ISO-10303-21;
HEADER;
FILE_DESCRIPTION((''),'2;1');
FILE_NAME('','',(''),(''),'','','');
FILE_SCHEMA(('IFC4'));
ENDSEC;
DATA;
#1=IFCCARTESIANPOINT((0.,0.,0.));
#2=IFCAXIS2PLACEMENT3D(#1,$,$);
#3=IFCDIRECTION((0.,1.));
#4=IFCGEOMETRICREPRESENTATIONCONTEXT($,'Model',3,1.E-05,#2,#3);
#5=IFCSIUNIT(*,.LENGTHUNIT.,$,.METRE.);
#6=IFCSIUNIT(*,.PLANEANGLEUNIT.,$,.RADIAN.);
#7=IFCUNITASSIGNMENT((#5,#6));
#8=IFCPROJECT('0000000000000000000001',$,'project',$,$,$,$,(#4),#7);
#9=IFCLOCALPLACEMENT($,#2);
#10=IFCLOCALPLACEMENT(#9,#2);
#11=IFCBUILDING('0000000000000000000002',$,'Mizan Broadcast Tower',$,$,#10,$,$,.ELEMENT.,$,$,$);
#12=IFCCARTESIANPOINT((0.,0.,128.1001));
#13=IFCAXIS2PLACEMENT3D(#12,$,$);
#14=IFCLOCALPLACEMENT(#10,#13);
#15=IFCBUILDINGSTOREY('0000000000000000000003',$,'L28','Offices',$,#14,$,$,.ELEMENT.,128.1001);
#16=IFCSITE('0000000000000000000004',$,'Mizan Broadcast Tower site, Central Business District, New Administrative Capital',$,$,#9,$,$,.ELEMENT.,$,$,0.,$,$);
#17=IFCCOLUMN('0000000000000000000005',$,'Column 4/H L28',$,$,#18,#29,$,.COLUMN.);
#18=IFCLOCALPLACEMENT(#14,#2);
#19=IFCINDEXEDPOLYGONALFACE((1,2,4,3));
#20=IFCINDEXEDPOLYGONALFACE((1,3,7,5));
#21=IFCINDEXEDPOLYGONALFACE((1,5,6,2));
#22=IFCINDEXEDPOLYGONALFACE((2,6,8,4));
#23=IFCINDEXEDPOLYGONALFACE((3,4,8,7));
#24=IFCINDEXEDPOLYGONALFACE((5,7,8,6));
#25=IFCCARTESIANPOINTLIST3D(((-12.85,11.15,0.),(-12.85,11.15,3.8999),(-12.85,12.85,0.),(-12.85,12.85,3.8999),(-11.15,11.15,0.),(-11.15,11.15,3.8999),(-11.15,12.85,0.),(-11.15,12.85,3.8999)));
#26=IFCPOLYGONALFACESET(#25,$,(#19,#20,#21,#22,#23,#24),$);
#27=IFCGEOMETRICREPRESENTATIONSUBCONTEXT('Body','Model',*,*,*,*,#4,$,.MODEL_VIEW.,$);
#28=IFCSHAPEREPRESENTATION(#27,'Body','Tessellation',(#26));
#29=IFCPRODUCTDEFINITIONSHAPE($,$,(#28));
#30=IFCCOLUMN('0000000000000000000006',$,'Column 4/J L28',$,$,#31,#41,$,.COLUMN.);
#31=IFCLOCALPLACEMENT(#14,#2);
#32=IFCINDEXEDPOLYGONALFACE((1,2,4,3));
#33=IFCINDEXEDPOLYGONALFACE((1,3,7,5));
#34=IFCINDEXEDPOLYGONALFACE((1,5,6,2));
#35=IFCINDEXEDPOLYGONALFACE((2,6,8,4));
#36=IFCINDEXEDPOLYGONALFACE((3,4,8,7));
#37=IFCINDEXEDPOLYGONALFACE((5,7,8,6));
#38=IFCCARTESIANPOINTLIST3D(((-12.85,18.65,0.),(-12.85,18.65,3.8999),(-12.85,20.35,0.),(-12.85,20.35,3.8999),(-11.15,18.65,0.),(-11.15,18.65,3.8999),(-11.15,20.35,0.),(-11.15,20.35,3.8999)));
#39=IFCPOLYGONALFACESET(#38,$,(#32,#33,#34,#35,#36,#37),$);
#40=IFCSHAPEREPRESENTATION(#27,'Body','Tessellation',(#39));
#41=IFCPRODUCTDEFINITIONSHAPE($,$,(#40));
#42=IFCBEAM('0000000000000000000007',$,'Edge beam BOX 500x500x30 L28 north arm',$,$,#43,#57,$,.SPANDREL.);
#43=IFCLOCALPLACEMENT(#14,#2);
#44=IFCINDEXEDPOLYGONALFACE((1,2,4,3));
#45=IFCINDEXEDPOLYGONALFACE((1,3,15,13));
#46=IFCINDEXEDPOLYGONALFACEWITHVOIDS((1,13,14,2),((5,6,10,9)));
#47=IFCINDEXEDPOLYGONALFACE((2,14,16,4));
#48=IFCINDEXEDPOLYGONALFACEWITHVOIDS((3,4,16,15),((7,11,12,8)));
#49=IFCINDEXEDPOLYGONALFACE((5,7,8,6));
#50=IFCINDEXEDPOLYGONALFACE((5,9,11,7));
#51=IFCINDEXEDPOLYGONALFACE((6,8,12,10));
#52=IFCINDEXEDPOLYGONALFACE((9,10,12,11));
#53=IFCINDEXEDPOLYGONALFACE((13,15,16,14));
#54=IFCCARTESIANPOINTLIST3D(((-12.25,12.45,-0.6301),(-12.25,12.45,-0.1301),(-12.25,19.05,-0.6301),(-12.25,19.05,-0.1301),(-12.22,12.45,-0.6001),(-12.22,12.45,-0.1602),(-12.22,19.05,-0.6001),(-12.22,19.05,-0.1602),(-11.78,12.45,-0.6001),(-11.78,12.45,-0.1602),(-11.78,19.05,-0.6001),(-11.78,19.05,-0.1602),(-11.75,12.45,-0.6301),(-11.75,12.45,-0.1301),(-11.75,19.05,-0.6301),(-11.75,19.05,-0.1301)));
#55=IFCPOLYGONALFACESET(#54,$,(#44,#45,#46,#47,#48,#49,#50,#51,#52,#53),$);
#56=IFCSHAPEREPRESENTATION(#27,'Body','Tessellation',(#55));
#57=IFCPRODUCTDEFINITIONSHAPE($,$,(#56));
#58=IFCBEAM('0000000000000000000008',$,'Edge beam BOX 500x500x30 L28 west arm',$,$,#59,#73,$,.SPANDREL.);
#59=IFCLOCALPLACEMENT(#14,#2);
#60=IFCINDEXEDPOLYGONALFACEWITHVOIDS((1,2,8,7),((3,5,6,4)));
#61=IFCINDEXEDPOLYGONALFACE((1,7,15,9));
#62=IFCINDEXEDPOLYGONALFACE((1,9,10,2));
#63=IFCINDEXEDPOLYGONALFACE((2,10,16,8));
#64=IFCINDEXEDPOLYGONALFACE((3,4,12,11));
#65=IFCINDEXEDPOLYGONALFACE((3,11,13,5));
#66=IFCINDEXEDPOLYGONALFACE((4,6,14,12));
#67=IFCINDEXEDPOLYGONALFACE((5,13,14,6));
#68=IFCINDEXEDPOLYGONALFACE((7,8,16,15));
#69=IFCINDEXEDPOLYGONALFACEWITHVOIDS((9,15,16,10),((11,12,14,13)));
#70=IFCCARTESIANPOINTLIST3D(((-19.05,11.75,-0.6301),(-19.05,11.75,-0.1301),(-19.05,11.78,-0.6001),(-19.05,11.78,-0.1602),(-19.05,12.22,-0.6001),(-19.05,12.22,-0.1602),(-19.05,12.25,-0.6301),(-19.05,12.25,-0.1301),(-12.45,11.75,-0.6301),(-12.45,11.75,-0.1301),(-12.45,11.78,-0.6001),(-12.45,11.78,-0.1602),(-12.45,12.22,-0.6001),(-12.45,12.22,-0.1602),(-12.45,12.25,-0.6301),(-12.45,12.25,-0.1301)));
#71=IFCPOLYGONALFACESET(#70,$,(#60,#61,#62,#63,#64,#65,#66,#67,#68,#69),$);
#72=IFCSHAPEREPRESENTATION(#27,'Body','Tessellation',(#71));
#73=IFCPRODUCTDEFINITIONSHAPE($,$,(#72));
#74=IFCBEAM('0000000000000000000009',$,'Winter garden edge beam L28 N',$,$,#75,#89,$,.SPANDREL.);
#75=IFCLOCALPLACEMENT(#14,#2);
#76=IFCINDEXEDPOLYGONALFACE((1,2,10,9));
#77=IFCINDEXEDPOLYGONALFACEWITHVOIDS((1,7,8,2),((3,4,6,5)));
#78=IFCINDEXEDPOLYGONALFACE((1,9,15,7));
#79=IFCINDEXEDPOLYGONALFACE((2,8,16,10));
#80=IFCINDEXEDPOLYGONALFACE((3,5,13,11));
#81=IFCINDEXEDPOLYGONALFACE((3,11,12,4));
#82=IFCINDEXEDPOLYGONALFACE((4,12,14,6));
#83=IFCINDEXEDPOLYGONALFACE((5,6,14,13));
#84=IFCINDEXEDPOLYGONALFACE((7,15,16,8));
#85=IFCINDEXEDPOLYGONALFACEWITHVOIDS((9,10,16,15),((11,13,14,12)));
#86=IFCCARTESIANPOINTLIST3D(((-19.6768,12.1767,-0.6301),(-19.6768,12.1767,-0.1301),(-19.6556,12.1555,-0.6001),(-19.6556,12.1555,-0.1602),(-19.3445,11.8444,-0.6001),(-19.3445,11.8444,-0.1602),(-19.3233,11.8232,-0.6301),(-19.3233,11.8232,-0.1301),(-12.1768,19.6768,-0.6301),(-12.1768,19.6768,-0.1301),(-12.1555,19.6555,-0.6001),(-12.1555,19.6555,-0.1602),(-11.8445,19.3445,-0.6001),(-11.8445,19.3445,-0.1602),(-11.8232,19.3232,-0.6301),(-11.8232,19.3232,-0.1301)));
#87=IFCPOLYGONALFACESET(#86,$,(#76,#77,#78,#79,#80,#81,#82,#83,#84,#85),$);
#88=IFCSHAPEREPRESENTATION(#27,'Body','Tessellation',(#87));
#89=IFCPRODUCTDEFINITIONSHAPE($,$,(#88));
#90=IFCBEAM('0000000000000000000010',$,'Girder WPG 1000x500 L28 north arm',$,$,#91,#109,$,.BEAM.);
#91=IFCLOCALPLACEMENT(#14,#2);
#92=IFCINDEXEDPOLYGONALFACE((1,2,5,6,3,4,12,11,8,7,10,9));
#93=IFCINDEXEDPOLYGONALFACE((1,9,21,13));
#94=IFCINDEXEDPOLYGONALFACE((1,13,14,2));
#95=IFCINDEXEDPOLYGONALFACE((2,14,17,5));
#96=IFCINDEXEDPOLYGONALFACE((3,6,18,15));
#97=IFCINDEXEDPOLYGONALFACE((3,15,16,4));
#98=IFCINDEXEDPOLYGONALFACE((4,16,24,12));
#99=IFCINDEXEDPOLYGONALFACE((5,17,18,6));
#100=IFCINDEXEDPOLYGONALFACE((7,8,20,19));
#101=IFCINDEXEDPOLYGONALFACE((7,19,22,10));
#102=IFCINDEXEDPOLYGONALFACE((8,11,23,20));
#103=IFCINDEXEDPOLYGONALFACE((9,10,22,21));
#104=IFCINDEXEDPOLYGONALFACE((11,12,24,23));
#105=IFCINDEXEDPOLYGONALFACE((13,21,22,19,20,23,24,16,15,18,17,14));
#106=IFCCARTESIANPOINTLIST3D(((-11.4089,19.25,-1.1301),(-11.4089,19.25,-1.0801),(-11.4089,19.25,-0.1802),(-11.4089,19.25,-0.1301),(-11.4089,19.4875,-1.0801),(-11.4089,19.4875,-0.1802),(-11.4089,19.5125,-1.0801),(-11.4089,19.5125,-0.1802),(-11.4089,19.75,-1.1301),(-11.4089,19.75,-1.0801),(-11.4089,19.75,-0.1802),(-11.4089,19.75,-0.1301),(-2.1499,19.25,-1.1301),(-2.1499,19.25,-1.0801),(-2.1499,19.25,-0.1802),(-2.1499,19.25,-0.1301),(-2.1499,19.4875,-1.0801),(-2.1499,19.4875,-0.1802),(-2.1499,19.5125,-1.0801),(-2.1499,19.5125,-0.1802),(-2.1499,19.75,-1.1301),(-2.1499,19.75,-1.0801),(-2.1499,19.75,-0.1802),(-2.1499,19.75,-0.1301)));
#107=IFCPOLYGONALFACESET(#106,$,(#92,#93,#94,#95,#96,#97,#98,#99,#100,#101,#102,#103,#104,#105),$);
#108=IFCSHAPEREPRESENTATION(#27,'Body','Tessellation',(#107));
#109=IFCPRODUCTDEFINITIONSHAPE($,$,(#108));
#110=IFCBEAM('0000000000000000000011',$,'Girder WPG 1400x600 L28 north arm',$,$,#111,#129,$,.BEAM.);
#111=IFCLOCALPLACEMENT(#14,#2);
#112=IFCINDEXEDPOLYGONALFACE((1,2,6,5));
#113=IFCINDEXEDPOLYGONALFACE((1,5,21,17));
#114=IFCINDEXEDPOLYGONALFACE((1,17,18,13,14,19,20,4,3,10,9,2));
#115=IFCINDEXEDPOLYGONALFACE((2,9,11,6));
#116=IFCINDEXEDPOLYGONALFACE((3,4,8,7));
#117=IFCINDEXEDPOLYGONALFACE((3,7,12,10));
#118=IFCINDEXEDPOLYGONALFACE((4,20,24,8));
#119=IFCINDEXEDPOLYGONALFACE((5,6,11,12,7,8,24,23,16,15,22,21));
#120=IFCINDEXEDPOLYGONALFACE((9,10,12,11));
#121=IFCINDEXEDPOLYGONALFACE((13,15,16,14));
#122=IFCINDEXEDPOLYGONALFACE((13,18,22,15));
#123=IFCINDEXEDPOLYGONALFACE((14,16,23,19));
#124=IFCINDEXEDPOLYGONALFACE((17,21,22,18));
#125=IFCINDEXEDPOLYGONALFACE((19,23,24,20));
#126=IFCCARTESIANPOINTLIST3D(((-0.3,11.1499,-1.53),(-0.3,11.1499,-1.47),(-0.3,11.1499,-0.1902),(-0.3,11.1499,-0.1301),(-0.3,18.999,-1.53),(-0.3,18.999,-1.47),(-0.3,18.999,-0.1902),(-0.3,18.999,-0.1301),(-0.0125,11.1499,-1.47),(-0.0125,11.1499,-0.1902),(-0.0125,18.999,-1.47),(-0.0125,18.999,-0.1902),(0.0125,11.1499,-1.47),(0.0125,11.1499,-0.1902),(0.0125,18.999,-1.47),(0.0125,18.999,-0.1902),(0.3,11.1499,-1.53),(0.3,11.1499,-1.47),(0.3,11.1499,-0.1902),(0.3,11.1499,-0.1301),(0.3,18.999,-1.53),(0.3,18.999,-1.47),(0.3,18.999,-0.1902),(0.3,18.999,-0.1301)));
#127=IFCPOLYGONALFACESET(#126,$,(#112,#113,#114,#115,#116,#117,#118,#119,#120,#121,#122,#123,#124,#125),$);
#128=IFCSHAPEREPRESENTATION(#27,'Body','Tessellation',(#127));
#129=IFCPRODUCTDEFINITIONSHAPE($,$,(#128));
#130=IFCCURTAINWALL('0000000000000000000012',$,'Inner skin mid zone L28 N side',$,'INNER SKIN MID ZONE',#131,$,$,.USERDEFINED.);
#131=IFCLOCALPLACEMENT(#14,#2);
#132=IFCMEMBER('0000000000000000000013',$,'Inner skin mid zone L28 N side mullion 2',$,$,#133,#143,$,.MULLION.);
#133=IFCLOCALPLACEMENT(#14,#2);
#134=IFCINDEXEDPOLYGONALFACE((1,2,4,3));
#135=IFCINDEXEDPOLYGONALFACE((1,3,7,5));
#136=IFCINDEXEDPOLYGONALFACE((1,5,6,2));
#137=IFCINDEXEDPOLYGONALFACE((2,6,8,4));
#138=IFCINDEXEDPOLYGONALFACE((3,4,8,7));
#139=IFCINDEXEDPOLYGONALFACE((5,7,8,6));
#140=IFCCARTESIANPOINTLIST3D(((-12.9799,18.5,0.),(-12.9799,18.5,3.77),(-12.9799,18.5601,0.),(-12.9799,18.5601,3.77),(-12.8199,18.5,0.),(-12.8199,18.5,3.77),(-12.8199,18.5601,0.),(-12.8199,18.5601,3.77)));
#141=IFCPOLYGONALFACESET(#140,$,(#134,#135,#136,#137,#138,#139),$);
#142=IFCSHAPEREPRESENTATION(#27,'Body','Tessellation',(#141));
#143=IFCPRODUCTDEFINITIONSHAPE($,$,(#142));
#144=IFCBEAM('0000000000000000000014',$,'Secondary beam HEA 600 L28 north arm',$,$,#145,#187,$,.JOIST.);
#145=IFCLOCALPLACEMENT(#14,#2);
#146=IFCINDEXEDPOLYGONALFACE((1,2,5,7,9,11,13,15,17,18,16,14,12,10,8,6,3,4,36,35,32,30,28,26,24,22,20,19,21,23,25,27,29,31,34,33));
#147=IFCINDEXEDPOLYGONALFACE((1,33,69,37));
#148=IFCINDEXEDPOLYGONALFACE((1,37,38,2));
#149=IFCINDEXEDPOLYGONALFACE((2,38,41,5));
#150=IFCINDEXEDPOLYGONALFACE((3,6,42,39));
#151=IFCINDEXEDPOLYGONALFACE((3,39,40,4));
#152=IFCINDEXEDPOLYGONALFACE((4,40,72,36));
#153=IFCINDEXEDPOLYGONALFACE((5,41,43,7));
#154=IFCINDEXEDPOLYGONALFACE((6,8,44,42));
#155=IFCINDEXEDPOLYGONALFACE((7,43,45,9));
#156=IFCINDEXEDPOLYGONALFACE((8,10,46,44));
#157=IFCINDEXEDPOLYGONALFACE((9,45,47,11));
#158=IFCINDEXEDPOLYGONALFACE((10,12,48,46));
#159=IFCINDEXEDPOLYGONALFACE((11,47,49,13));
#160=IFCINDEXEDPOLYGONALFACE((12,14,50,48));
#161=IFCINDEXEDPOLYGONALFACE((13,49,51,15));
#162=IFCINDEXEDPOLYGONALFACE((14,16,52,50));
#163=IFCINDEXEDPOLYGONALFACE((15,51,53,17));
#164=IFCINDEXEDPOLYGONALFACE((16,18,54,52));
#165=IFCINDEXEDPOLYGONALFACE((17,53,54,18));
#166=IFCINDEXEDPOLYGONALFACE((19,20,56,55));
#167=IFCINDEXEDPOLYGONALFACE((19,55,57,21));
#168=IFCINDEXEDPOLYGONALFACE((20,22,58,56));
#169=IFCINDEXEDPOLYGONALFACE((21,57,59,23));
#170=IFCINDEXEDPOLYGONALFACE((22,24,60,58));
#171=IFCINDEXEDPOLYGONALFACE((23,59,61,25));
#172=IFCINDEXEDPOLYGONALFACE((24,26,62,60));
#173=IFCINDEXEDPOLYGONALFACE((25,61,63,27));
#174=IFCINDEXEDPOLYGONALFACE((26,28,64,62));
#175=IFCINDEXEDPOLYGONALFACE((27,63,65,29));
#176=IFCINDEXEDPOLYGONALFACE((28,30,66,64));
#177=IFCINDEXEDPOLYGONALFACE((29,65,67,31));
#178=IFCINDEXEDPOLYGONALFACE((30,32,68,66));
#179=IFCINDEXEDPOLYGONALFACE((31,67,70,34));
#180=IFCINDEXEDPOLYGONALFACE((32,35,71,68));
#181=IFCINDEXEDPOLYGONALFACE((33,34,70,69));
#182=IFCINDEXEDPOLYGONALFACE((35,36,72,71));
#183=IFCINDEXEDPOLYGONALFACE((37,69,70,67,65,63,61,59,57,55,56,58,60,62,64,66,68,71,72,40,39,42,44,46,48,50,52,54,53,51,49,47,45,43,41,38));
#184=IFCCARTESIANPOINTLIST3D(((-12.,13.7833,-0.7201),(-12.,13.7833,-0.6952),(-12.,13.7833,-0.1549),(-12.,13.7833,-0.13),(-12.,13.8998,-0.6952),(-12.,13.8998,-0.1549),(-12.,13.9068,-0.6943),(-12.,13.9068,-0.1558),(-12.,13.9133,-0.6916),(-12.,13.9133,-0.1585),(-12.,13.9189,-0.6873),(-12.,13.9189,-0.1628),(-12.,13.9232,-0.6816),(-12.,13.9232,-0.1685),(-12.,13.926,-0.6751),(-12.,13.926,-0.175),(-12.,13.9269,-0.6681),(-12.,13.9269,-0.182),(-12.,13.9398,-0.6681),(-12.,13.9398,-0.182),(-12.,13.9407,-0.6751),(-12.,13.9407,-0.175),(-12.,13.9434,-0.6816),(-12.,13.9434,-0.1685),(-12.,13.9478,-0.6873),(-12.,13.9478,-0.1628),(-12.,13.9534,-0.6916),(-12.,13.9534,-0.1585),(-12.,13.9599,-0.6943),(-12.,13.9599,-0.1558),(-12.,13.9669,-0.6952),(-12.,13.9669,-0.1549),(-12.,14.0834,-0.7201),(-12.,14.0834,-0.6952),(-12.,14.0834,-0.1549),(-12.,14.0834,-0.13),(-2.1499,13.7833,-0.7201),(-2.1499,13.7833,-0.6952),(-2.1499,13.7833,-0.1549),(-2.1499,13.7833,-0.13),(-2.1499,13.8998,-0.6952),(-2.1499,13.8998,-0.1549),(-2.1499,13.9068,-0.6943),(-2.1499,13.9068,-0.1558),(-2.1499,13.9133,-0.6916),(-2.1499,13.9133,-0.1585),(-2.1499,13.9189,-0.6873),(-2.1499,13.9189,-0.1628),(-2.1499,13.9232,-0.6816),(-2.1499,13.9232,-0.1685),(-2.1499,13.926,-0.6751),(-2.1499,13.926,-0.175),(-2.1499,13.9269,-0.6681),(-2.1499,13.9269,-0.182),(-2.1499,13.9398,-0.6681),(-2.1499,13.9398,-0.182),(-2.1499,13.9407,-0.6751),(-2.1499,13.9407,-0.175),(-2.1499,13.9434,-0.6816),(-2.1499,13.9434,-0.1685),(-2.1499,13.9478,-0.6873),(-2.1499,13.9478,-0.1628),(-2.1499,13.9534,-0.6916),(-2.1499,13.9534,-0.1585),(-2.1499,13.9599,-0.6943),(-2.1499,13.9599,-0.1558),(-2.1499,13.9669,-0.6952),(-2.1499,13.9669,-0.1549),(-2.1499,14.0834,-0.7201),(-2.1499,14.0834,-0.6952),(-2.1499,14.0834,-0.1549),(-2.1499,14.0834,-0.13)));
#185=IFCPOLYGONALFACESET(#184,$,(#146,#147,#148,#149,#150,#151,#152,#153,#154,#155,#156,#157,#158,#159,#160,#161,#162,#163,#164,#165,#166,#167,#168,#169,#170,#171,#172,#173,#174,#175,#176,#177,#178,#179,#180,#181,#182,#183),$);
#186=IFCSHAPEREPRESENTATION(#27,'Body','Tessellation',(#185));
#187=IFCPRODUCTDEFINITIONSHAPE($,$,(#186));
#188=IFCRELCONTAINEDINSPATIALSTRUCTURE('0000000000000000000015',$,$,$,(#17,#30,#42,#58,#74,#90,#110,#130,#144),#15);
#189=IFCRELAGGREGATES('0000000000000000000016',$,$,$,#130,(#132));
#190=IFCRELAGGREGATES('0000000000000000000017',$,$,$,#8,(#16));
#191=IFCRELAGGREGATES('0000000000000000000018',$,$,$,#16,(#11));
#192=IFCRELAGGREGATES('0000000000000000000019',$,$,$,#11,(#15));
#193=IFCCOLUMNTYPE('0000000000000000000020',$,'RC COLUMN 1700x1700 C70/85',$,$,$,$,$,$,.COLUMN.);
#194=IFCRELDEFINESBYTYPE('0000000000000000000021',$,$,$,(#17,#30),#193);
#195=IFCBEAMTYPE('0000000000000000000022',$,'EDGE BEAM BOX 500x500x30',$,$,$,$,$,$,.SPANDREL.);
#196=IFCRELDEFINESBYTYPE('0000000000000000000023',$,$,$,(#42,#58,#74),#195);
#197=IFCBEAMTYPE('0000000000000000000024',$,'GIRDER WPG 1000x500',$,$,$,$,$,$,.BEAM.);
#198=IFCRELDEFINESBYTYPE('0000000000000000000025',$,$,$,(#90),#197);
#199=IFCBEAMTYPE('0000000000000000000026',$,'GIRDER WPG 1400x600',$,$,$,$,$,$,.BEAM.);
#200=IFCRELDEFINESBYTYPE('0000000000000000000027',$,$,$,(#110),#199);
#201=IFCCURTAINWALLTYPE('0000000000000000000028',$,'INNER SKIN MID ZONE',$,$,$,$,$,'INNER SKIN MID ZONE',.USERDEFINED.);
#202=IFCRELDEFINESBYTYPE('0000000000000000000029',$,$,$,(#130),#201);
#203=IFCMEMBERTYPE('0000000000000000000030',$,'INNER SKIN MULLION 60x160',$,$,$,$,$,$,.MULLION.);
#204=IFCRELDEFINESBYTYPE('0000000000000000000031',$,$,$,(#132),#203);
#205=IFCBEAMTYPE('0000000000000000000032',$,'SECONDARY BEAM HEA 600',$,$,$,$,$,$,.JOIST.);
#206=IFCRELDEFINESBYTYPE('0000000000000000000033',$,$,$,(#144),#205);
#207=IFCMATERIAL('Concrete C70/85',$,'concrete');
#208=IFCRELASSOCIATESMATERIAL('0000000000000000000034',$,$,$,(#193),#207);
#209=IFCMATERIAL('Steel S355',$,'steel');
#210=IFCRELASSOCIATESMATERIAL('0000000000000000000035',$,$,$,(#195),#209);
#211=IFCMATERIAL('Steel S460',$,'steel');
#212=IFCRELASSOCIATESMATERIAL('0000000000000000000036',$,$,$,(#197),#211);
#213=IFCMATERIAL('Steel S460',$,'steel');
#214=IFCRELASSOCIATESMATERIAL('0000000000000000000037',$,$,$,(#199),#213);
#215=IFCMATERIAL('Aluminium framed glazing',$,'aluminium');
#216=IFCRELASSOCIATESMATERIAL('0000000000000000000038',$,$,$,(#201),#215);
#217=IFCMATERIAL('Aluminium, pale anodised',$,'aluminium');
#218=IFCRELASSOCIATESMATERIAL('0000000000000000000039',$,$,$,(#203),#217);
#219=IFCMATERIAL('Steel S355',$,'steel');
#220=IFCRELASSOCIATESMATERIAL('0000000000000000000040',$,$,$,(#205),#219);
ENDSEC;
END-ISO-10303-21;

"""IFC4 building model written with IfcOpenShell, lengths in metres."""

from ifc_helpers import new_model, si_unit, direction, frame, origin, origin_2d, place, context, subcontext, project, spatial, rectangle, hollow_rectangle, i_section, extrude, material, material_profile, profile_set, type_object, element, aggregate, save


model = new_model("IFC4")

# Units and contexts
model_context = context("Model", 3, precision=1e-05, world=origin(), true_north=direction((0.0, 1.0)))
body_context = subcontext(model_context, "Body", "Model", "MODEL_VIEW")
ifc_project = project(units=[si_unit("LENGTHUNIT", "METRE"), si_unit("PLANEANGLEUNIT", "RADIAN")], contexts=[model_context])

# Site, building, storey
site_placement = place(None, origin())
site = spatial("IfcSite", under=ifc_project, at=site_placement, Name="Mizan Broadcast Tower site, Central Business District, New Administrative Capital", CompositionType="ELEMENT", RefElevation=0.0)
building_placement = place(site_placement, origin())
building = spatial("IfcBuilding", under=site, at=building_placement, Name="Mizan Broadcast Tower", CompositionType="ELEMENT")
storey_placement = place(building_placement, frame((0.0, 0.0, 128.1001)))
storey = spatial("IfcBuildingStorey", under=building, at=storey_placement, Name="L28", Description="Offices", CompositionType="ELEMENT", Elevation=128.1001)

# Columns
ifc_material_1 = material(Name="Concrete C70/85", Category="concrete")
ifc_material_profile_1 = material_profile(ifc_material_1, rectangle(XDim=1.7, YDim=1.7, at=origin_2d()), Name="RC 1700x1700")
ifc_profile_set_1 = profile_set([ifc_material_profile_1], Name="Concrete C70/85")
column_type = type_object("IfcColumnType", Name="RC COLUMN 1700x1700 C70/85", PredefinedType="COLUMN", material=ifc_profile_set_1)
for number, where, z_axis, x_axis, name in (
    (1, (-12.0, 12.0, 0.0), (0.0, 0.0, 1.0), (1.0, 0.0, 0.0), "Column 4/H L28"),
    (2, (-12.0, 19.5, 0.0), (0.0, 0.0, 1.0), (1.0, 0.0, 0.0), "Column 4/J L28"),
):
    element("IfcColumn", number, at=place(storey_placement, frame(where, z_axis=z_axis, x_axis=x_axis)), inside=storey, type_object=column_type, Name=name, PredefinedType="COLUMN", context=body_context, shape_type="SweptSolid", body=[
        extrude(rectangle(XDim=1.7, YDim=1.7, at=origin_2d()), origin(), (0.0, 0.0, 1.0), 3.8999),
    ])

# Beams
ifc_material_2 = material(Name="Steel S355", Category="steel")
ifc_material_profile_2 = material_profile(ifc_material_2, hollow_rectangle(XDim=0.5, YDim=0.5, WallThickness=0.03, at=origin_2d()), Name="BOX 500x500x30")
ifc_profile_set_2 = profile_set([ifc_material_profile_2], Name="Steel S355")
beam_type_1 = type_object("IfcBeamType", Name="EDGE BEAM BOX 500x500x30", PredefinedType="SPANDREL", material=ifc_profile_set_2)
for number, where, z_axis, x_axis, name in (
    (3, (-12.0, 12.45, -0.3801), (0.0, 1.0, 0.0), (-1.0, 0.0, 0.0), "Edge beam BOX 500x500x30 L28 north arm"),
    (4, (-12.45, 12.0, -0.3801), (-1.0, 0.0, 0.0), (0.0, -1.0, 0.0), "Edge beam BOX 500x500x30 L28 west arm"),
):
    element("IfcBeam", number, at=place(storey_placement, frame(where, z_axis=z_axis, x_axis=x_axis)), inside=storey, type_object=beam_type_1, Name=name, PredefinedType="SPANDREL", context=body_context, shape_type="SweptSolid", body=[
        extrude(hollow_rectangle(XDim=0.5, YDim=0.5, WallThickness=0.03, at=origin_2d()), origin(), (0.0, 0.0, 1.0), 6.6001),
    ])
beam_1_placement = place(storey_placement, frame((-12.0, 19.5, -0.3801), z_axis=(-0.707107, -0.707107, 0.0), x_axis=(0.707107, -0.707107, 0.0)))
element("IfcBeam", 5, at=beam_1_placement, inside=storey, type_object=beam_type_1, Name="Winter garden edge beam L28 N", PredefinedType="SPANDREL", context=body_context, shape_type="SweptSolid", body=[
    extrude(hollow_rectangle(XDim=0.5, YDim=0.5, WallThickness=0.03, at=origin_2d()), origin(), (0.0, 0.0, 1.0), 10.6067),
])
ifc_material_3 = material(Name="Steel S460", Category="steel")
ifc_material_profile_3 = material_profile(ifc_material_3, i_section(OverallWidth=0.5, OverallDepth=1.0, WebThickness=0.0249, FlangeThickness=0.05, at=origin_2d()), Name="WPG 1000x500")
ifc_profile_set_3 = profile_set([ifc_material_profile_3], Name="Steel S460")
beam_type_2 = type_object("IfcBeamType", Name="GIRDER WPG 1000x500", PredefinedType="BEAM", material=ifc_profile_set_3)
beam_2_placement = place(storey_placement, frame((-11.4089, 19.5, -0.6301), z_axis=(1.0, 0.0, 0.0), x_axis=(0.0, 1.0, 0.0)))
element("IfcBeam", 6, at=beam_2_placement, inside=storey, type_object=beam_type_2, Name="Girder WPG 1000x500 L28 north arm", PredefinedType="BEAM", context=body_context, shape_type="SweptSolid", body=[
    extrude(i_section(OverallWidth=0.5, OverallDepth=1.0, WebThickness=0.0249, FlangeThickness=0.05, at=origin_2d()), origin(), (0.0, 0.0, 1.0), 9.259),
])
ifc_material_4 = material(Name="Steel S460", Category="steel")
ifc_material_profile_4 = material_profile(ifc_material_4, i_section(OverallWidth=0.6001, OverallDepth=1.3999, WebThickness=0.0249, FlangeThickness=0.0601, at=origin_2d()), Name="WPG 1400x600")
ifc_profile_set_4 = profile_set([ifc_material_profile_4], Name="Steel S460")
beam_type_3 = type_object("IfcBeamType", Name="GIRDER WPG 1400x600", PredefinedType="BEAM", material=ifc_profile_set_4)
beam_3_placement = place(storey_placement, frame((0.0, 11.1499, -0.8301), z_axis=(0.0, 1.0, 0.0), x_axis=(-1.0, 0.0, 0.0)))
element("IfcBeam", 7, at=beam_3_placement, inside=storey, type_object=beam_type_3, Name="Girder WPG 1400x600 L28 north arm", PredefinedType="BEAM", context=body_context, shape_type="SweptSolid", body=[
    extrude(i_section(OverallWidth=0.6001, OverallDepth=1.3999, WebThickness=0.0249, FlangeThickness=0.0601, at=origin_2d()), origin(), (0.0, 0.0, 1.0), 7.8491),
])

# Curtain wall, member
ifc_material_5 = material(Name="Aluminium framed glazing", Category="aluminium")
curtain_wall_type = type_object("IfcCurtainWallType", Name="INNER SKIN MID ZONE", ElementType="INNER SKIN MID ZONE", PredefinedType="USERDEFINED", material=ifc_material_5)
curtain_wall_placement = place(storey_placement, origin())
curtain_wall = element("IfcCurtainWall", 8, at=curtain_wall_placement, inside=storey, type_object=curtain_wall_type, Name="Inner skin mid zone L28 N side", ObjectType="INNER SKIN MID ZONE", PredefinedType="USERDEFINED")
ifc_material_6 = material(Name="Aluminium, pale anodised", Category="aluminium")
ifc_material_profile_5 = material_profile(ifc_material_6, rectangle(XDim=0.1599, YDim=0.0601, at=origin_2d()), Name="MULLION 160x60")
ifc_profile_set_5 = profile_set([ifc_material_profile_5], Name="Aluminium, pale anodised")
member_type = type_object("IfcMemberType", Name="INNER SKIN MULLION 60x160", PredefinedType="MULLION", material=ifc_profile_set_5)
member_placement = place(storey_placement, frame((-12.8999, 18.53, 0.0), z_axis=(0.0, 0.0, 1.0), x_axis=(1.0, 0.0, 0.0)))
member = element("IfcMember", 9, at=member_placement, type_object=member_type, Name="Inner skin mid zone L28 N side mullion 2", PredefinedType="MULLION", context=body_context, shape_type="SweptSolid", body=[
    extrude(rectangle(XDim=0.1599, YDim=0.0601, at=origin_2d()), origin(), (0.0, 0.0, 1.0), 3.77),
])
aggregate(curtain_wall, [member])

# Beam
ifc_material_7 = material(Name="Steel S355", Category="steel")
ifc_material_profile_6 = material_profile(ifc_material_7, i_section(OverallWidth=0.3, OverallDepth=0.5901, WebThickness=0.0129, FlangeThickness=0.0249, FilletRadius=0.0271, at=origin_2d()), Name="HEA 600")
ifc_profile_set_6 = profile_set([ifc_material_profile_6], Name="Steel S355")
beam_type_4 = type_object("IfcBeamType", Name="SECONDARY BEAM HEA 600", PredefinedType="JOIST", material=ifc_profile_set_6)
for number, where, z_axis, x_axis, name in (
    (10, (-12.0, 13.9333, -0.425), (1.0, 0.0, 0.0), (0.0, 1.0, 0.0), "Secondary beam HEA 600 L28 north arm"),
):
    element("IfcBeam", number, at=place(storey_placement, frame(where, z_axis=z_axis, x_axis=x_axis)), inside=storey, type_object=beam_type_4, Name=name, PredefinedType="JOIST", context=body_context, shape_type="SweptSolid", body=[
        extrude(i_section(OverallWidth=0.3, OverallDepth=0.5901, WebThickness=0.0129, FlangeThickness=0.0249, FilletRadius=0.0271, at=origin_2d()), origin(), (0.0, 0.0, 1.0), 9.8501),
    ])

save(model, "model.ifc")
